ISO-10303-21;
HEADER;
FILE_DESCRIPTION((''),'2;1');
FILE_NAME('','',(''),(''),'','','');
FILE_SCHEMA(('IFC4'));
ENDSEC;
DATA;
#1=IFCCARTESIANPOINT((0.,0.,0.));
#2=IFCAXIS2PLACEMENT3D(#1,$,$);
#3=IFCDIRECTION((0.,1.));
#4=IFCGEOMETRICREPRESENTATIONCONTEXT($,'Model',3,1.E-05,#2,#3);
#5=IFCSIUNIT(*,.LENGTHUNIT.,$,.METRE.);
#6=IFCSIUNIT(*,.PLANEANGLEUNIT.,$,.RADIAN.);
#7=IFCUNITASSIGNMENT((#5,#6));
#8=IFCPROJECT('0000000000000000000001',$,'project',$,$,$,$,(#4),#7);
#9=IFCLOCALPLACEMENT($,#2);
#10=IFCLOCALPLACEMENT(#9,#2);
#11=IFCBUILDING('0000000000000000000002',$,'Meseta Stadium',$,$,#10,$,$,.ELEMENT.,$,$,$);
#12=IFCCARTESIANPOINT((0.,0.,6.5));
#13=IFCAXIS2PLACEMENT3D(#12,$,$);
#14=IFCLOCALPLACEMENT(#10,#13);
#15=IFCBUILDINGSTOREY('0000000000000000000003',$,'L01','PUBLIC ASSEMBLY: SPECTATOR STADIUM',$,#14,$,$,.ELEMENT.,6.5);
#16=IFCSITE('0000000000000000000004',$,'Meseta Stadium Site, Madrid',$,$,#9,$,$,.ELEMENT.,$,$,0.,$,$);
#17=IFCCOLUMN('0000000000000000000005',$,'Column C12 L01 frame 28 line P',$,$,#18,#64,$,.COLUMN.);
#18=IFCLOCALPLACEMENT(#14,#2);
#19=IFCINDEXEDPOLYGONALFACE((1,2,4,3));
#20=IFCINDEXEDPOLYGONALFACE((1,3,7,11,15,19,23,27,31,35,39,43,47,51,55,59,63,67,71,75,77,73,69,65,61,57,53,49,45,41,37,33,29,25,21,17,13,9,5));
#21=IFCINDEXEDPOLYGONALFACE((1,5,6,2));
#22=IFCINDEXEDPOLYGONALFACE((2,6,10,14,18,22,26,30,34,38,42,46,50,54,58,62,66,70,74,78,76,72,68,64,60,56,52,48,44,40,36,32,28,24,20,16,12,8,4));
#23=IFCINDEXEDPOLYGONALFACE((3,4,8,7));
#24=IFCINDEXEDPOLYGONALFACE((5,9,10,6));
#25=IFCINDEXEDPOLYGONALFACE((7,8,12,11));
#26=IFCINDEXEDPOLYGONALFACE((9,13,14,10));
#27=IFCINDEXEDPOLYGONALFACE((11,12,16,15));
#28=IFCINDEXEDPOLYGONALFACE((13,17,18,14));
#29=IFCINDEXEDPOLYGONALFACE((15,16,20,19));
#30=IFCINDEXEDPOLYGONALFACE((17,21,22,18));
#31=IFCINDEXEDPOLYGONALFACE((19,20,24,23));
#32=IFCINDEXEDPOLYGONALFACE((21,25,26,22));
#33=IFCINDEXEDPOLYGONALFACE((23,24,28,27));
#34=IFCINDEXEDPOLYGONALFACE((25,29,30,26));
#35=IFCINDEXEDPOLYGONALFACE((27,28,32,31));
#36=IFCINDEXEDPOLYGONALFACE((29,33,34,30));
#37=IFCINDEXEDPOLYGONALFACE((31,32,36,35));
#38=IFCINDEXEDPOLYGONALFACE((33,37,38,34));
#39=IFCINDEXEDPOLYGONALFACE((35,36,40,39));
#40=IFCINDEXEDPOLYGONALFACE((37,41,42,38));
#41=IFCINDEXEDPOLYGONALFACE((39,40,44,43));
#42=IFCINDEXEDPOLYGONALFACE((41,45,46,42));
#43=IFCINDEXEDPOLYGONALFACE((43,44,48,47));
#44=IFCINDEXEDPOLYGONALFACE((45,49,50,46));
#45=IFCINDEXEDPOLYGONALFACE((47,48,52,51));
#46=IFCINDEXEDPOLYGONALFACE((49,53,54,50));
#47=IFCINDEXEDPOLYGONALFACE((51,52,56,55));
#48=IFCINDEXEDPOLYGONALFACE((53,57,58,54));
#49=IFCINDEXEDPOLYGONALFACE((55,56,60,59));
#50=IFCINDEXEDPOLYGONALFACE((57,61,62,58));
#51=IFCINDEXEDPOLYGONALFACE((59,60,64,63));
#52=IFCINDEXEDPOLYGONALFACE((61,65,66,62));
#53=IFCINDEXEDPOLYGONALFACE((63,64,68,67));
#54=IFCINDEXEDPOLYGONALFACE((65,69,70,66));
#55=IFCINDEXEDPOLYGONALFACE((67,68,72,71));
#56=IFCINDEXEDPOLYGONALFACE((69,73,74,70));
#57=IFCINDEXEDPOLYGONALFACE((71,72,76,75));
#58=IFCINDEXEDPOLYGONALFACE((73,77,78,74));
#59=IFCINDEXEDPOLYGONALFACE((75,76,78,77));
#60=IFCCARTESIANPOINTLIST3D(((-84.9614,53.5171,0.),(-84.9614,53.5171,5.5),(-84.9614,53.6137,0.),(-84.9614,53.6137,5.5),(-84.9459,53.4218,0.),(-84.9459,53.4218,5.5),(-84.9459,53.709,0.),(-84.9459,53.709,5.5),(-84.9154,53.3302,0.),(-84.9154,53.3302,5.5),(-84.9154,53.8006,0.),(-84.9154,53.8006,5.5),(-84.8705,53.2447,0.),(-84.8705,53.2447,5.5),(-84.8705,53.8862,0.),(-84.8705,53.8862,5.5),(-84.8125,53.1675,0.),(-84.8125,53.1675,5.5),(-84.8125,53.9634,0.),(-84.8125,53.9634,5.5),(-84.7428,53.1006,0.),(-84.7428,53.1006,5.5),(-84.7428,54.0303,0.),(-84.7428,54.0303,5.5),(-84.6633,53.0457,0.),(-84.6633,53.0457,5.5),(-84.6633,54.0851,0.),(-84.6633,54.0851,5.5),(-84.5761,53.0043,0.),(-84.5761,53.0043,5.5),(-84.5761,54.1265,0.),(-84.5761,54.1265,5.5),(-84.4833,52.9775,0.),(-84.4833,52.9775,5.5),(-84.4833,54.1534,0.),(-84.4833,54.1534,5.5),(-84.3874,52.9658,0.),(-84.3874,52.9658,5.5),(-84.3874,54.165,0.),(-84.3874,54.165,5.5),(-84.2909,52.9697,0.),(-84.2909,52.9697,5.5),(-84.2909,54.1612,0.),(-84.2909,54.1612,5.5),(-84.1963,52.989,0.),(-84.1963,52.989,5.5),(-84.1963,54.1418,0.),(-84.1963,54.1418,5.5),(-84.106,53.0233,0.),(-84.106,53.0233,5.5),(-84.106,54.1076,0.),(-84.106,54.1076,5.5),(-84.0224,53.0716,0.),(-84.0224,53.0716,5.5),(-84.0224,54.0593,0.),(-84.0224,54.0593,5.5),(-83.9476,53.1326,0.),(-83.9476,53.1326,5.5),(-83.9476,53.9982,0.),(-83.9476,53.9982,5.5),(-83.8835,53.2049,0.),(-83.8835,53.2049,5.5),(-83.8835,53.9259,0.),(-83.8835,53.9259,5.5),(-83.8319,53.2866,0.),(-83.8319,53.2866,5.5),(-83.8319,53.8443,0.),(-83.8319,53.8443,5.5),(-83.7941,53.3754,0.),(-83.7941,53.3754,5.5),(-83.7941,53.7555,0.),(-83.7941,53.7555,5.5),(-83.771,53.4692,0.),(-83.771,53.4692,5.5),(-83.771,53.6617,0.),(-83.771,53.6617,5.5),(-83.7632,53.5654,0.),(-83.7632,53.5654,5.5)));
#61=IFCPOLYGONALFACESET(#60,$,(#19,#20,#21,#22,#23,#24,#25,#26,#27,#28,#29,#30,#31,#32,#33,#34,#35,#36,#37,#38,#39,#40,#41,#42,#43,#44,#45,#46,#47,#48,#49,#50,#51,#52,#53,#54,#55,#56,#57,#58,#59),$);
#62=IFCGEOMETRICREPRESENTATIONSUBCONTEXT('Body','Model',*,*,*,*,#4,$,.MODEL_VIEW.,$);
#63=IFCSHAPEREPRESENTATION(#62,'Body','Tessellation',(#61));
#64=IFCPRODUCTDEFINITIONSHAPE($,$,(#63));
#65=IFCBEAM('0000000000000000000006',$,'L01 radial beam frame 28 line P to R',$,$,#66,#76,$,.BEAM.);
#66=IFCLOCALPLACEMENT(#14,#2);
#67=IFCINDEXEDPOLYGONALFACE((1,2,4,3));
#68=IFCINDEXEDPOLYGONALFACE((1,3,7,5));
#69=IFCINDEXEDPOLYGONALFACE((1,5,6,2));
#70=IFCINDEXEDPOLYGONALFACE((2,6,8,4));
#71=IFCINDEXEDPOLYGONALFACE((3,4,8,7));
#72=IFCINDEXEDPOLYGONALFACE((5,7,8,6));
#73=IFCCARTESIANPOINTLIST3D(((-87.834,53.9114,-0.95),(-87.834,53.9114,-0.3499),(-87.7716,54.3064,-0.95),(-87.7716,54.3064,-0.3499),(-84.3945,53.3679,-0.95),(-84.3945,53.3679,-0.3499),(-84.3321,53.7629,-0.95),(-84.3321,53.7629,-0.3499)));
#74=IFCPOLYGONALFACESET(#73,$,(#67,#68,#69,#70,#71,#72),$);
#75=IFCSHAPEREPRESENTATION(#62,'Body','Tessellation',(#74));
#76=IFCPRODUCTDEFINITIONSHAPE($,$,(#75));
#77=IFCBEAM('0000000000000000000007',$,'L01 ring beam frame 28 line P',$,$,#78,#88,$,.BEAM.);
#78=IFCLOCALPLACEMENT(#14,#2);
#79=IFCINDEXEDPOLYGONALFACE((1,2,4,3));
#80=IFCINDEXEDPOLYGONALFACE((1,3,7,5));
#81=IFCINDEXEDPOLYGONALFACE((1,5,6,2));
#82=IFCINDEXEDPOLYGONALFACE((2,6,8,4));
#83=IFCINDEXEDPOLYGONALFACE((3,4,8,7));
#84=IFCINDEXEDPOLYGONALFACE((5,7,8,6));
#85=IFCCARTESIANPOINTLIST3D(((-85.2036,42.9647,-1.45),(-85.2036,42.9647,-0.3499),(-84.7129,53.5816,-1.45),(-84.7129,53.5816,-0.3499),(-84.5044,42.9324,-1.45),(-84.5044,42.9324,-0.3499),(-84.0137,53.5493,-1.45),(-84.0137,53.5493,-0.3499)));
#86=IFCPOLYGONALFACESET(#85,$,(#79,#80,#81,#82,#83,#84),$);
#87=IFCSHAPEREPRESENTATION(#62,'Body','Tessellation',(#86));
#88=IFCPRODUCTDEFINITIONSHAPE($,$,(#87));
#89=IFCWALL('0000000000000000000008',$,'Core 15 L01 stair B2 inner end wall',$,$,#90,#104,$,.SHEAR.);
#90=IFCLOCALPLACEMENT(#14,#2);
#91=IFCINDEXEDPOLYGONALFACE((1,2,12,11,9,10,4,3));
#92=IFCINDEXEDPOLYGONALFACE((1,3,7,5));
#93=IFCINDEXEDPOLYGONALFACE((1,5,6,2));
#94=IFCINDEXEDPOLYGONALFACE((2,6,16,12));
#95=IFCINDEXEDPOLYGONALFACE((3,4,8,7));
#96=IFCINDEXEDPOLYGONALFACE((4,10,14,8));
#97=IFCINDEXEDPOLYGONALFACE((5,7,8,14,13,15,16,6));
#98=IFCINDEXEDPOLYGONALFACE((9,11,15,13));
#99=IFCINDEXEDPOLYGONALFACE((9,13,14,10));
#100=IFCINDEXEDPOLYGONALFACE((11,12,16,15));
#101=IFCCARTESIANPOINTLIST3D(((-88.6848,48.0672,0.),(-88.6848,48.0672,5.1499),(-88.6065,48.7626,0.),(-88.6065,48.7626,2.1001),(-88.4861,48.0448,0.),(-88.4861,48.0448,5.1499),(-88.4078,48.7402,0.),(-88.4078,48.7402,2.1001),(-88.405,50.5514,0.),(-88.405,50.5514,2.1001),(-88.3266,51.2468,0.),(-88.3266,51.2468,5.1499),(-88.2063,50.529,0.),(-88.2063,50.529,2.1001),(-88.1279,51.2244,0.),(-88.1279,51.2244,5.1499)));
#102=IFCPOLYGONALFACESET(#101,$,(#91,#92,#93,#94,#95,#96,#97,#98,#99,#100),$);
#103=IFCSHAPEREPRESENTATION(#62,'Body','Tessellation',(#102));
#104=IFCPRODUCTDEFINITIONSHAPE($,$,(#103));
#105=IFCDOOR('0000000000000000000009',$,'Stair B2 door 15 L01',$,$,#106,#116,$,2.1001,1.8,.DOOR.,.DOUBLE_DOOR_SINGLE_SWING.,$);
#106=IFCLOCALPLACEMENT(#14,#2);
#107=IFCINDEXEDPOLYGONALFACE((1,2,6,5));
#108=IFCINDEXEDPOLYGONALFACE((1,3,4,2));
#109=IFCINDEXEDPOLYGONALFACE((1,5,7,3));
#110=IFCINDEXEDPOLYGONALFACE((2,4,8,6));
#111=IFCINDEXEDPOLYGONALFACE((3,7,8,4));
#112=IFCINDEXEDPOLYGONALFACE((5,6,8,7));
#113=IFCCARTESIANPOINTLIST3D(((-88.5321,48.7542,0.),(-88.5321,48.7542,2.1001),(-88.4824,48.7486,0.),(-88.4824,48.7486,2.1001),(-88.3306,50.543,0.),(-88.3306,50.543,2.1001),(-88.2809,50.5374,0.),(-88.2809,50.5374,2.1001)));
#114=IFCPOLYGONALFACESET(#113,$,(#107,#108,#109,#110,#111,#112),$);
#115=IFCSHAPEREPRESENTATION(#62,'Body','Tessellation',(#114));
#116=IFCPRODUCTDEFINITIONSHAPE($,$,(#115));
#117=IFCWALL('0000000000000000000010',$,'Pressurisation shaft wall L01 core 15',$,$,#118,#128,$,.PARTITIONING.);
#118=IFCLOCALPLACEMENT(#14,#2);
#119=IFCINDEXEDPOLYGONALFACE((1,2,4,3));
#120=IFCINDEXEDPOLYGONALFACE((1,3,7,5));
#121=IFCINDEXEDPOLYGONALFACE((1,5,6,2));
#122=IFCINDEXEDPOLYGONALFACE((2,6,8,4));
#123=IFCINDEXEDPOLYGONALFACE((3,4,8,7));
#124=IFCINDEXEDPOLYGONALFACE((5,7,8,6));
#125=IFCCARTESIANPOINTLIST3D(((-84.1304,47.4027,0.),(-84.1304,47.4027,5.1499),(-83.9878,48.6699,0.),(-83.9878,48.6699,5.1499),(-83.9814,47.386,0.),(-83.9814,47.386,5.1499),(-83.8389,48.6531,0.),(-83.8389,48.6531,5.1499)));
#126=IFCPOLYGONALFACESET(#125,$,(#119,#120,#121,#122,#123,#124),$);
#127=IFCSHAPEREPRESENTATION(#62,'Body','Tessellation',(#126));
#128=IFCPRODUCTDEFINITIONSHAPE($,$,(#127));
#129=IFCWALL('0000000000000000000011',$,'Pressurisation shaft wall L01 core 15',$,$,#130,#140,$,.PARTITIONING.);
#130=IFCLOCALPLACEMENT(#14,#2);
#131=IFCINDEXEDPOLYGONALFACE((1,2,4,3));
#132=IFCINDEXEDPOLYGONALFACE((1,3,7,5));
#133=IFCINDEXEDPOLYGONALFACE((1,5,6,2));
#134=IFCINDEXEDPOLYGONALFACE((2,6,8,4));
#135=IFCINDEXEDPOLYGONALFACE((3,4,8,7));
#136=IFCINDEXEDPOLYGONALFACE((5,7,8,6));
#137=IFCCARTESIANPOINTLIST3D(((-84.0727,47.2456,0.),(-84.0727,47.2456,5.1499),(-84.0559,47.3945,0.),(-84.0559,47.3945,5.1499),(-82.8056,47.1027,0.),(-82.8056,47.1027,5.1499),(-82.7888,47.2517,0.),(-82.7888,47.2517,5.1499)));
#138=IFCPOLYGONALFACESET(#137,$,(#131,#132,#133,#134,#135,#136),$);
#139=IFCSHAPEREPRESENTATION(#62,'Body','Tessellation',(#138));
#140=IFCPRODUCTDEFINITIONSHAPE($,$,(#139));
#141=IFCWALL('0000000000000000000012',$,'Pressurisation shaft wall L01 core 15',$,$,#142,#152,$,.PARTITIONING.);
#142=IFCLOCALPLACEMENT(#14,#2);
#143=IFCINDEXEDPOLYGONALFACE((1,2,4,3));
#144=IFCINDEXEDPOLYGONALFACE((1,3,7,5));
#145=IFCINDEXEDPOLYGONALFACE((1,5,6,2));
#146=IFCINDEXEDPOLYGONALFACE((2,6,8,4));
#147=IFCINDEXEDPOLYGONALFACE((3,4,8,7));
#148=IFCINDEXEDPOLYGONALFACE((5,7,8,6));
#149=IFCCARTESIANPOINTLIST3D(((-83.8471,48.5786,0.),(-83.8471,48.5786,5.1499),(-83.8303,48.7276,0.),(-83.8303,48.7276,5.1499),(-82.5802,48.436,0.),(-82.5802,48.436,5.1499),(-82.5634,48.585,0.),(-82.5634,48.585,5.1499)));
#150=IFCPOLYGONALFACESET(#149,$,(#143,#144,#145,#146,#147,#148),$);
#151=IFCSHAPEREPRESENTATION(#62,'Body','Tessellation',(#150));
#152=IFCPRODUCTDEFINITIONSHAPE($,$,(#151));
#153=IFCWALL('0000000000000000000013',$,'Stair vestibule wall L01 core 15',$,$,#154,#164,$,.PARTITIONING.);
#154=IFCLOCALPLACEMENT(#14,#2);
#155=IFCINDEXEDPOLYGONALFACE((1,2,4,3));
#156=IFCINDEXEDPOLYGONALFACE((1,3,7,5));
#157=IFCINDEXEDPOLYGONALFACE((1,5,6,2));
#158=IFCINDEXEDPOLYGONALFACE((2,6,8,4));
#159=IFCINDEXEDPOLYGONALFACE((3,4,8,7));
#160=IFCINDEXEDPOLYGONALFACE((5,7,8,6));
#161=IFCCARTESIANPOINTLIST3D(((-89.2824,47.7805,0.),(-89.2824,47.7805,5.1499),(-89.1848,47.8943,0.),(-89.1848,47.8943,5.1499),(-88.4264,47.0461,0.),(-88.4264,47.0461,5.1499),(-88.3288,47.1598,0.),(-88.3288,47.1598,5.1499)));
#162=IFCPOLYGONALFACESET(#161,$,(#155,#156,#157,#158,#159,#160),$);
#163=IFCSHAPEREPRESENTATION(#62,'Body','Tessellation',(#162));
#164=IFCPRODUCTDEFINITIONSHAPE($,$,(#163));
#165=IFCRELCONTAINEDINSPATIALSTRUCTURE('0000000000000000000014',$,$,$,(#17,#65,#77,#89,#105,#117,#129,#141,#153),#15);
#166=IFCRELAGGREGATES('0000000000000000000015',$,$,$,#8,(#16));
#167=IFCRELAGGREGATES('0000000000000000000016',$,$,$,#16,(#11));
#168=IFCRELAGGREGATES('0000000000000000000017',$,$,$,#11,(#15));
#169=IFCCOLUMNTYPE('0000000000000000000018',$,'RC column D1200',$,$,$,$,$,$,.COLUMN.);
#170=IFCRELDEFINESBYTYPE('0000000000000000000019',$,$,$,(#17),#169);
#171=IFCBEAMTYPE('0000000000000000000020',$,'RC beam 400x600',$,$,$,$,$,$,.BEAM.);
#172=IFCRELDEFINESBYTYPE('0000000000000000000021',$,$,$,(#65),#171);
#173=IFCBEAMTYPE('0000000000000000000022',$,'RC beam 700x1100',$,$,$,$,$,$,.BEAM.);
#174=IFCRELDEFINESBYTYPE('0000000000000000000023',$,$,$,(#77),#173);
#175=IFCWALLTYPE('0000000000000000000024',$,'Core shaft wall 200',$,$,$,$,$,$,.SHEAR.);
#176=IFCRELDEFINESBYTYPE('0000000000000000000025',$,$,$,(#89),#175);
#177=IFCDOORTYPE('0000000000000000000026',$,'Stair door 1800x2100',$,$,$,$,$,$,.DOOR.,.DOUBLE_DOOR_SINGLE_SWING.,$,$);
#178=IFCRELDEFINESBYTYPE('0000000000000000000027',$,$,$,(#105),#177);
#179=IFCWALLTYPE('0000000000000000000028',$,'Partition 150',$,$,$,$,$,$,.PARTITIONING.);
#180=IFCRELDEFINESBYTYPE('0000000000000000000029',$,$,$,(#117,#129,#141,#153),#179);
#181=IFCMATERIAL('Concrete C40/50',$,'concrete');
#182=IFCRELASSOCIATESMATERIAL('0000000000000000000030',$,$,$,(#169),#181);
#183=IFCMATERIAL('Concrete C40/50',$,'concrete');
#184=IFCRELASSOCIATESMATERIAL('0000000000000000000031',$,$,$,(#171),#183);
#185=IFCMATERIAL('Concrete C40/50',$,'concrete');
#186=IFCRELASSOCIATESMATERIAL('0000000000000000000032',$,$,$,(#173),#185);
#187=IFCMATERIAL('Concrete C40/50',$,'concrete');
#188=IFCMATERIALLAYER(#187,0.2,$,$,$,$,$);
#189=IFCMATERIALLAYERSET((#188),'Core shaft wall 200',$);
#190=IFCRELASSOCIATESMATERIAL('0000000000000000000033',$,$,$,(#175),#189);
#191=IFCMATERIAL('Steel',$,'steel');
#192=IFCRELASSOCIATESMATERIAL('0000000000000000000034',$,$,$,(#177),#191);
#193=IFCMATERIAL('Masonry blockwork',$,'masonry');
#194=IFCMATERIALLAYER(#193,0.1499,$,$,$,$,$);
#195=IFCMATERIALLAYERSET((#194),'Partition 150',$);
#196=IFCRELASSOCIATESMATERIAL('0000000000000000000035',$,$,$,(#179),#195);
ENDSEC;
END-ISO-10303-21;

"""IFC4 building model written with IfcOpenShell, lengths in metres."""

from ifc_helpers import new_model, si_unit, direction, frame, frame_2d, origin, origin_2d, place, context, subcontext, project, spatial, rectangle, circle, extrude, material, layer, layer_set, material_profile, profile_set, type_object, element, fill, save


model = new_model("IFC4")

# Units and contexts
model_context = context("Model", 3, precision=1e-05, world=origin(), true_north=direction((0.0, 1.0)))
body_context = subcontext(model_context, "Body", "Model", "MODEL_VIEW")
ifc_project = project(units=[si_unit("LENGTHUNIT", "METRE"), si_unit("PLANEANGLEUNIT", "RADIAN")], contexts=[model_context])

# Site, building, storey
site_placement = place(None, origin())
site = spatial("IfcSite", under=ifc_project, at=site_placement, Name="Meseta Stadium Site, Madrid", CompositionType="ELEMENT", RefElevation=0.0)
building_placement = place(site_placement, origin())
building = spatial("IfcBuilding", under=site, at=building_placement, Name="Meseta Stadium", CompositionType="ELEMENT")
storey_placement = place(building_placement, frame((0.0, 0.0, 6.5)))
storey = spatial("IfcBuildingStorey", under=building, at=storey_placement, Name="L01", Description="PUBLIC ASSEMBLY: SPECTATOR STADIUM", CompositionType="ELEMENT", Elevation=6.5)

# Column
ifc_material_1 = material(Name="Concrete C40/50", Category="concrete")
ifc_material_profile_1 = material_profile(ifc_material_1, circle(Radius=0.6001, at=origin_2d()), Name="RC D1200")
ifc_profile_set_1 = profile_set([ifc_material_profile_1], Name="Concrete C40/50")
column_type = type_object("IfcColumnType", Name="RC column D1200", PredefinedType="COLUMN", material=ifc_profile_set_1)
column_placement = place(storey_placement, frame((-84.3633, 53.5654, 0.0), z_axis=(0.0, 0.0, 1.0), x_axis=(1.0, 0.0, 0.0)))
element("IfcColumn", 1, at=column_placement, inside=storey, type_object=column_type, Name="Column C12 L01 frame 28 line P", PredefinedType="COLUMN", context=body_context, shape_type="SweptSolid", body=[
    extrude(circle(Radius=0.6001, at=origin_2d()), origin(), (0.0, 0.0, 1.0), 5.5),
])

# Beams
ifc_material_2 = material(Name="Concrete C40/50", Category="concrete")
ifc_material_profile_2 = material_profile(ifc_material_2, rectangle(XDim=0.3999, YDim=0.6001, at=origin_2d()), Name="RC 400x600")
ifc_profile_set_2 = profile_set([ifc_material_profile_2], Name="Concrete C40/50")
beam_type_1 = type_object("IfcBeamType", Name="RC beam 400x600", PredefinedType="BEAM", material=ifc_profile_set_2)
beam_1_placement = place(storey_placement, frame((-84.3633, 53.5654, -0.6499), z_axis=(-0.987746, 0.156071, 0.0), x_axis=(-0.156071, -0.987746, 0.0)))
element("IfcBeam", 2, at=beam_1_placement, inside=storey, type_object=beam_type_1, Name="L01 radial beam frame 28 line P to R", PredefinedType="BEAM", context=body_context, shape_type="SweptSolid", body=[
    extrude(rectangle(XDim=0.3999, YDim=0.6001, at=origin_2d()), origin(), (0.0, 0.0, 1.0), 3.4822),
])
ifc_material_3 = material(Name="Concrete C40/50", Category="concrete")
ifc_material_profile_3 = material_profile(ifc_material_3, rectangle(XDim=0.7, YDim=1.1001, at=origin_2d()), Name="RC 700x1100")
ifc_profile_set_3 = profile_set([ifc_material_profile_3], Name="Concrete C40/50")
beam_type_2 = type_object("IfcBeamType", Name="RC beam 700x1100", PredefinedType="BEAM", material=ifc_profile_set_3)
beam_2_placement = place(storey_placement, frame((-84.3633, 53.5654, -0.8999), z_axis=(-0.046171, -0.998934, 0.0), x_axis=(0.998934, -0.046171, 0.0)))
element("IfcBeam", 3, at=beam_2_placement, inside=storey, type_object=beam_type_2, Name="L01 ring beam frame 28 line P", PredefinedType="BEAM", context=body_context, shape_type="SweptSolid", body=[
    extrude(rectangle(XDim=0.7, YDim=1.1001, at=origin_2d()), origin(), (0.0, 0.0, 1.0), 10.6282),
])

# Wall, opening, door
ifc_material_4 = material(Name="Concrete C40/50", Category="concrete")
ifc_layer_1 = layer(ifc_material_4, 0.2)
ifc_layer_set_1 = layer_set([ifc_layer_1], Name="Core shaft wall 200")
wall_type_1 = type_object("IfcWallType", Name="Core shaft wall 200", PredefinedType="SHEAR", material=ifc_layer_set_1)
wall_1_placement = place(storey_placement, frame((-88.2273, 51.2356, 0.0), z_axis=(0.0, 0.0, 1.0), x_axis=(-0.11193, -0.993716, 0.0)))
wall_1 = element("IfcWall", 4, at=wall_1_placement, inside=storey, type_object=wall_type_1, Name="Core 15 L01 stair B2 inner end wall", PredefinedType="SHEAR", context=body_context, shape_type="SweptSolid", body=[
    extrude(rectangle(XDim=3.1997, YDim=0.2, at=frame_2d((1.5999, 0.0))), origin(), (0.0, 0.0, 1.0), 5.1499),
])
opening_1_placement = place(wall_1_placement, frame((0.7, 0.0, 0.0)))
opening_1 = element("IfcOpeningElement", 5, at=opening_1_placement, cuts=wall_1, PredefinedType="OPENING", context=body_context, shape_type="SweptSolid", body=[
    extrude(rectangle(XDim=1.8, YDim=2.1001, at=frame_2d((0.8999, 1.05))), frame((0.0, 0.1099, 0.0), z_axis=(0.0, -1.0, 0.0), x_axis=(1.0, 0.0, 0.0)), (0.0, 0.0, 1.0), 0.22),
])
ifc_material_5 = material(Name="Steel", Category="steel")
door_type_1 = type_object("IfcDoorType", Name="Stair door 1800x2100", OperationType="DOUBLE_DOOR_SINGLE_SWING", PredefinedType="DOOR", material=ifc_material_5)
door_1_placement = place(opening_1_placement, origin())
door_1 = element("IfcDoor", 6, at=door_1_placement, inside=storey, type_object=door_type_1, Name="Stair B2 door 15 L01", OperationType="DOUBLE_DOOR_SINGLE_SWING", OverallHeight=2.1001, OverallWidth=1.8, PredefinedType="DOOR", context=body_context, shape_type="SweptSolid", body=[
    extrude(rectangle(XDim=1.8, YDim=2.1001, at=frame_2d((0.8999, 1.05))), frame((0.0, 0.0249, 0.0), z_axis=(0.0, -1.0, 0.0), x_axis=(1.0, 0.0, 0.0)), (0.0, 0.0, 1.0), 0.05),
])
fill(opening_1, door_1)

# Walls
ifc_material_6 = material(Name="Masonry blockwork", Category="masonry")
ifc_layer_2 = layer(ifc_material_6, 0.1499)
ifc_layer_set_2 = layer_set([ifc_layer_2], Name="Partition 150")
wall_type_2 = type_object("IfcWallType", Name="Partition 150", PredefinedType="PARTITIONING", material=ifc_layer_set_2)
for number, where, z_axis, x_axis, name in (
    (7, (-83.9133, 48.6616, 0.0), (0.0, 0.0, 1.0), (-0.111818, -0.993729, 0.0), "Pressurisation shaft wall L01 core 15"),
    (8, (-84.0645, 47.3201, 0.0), (0.0, 0.0, 1.0), (0.993707, -0.112007, 0.0), "Pressurisation shaft wall L01 core 15"),
):
    element("IfcWall", number, at=place(storey_placement, frame(where, z_axis=z_axis, x_axis=x_axis)), inside=storey, type_object=wall_type_2, Name=name, PredefinedType="PARTITIONING", context=body_context, shape_type="SweptSolid", body=[
        extrude(rectangle(XDim=1.2751, YDim=0.1499, at=frame_2d((0.6377, 0.0))), origin(), (0.0, 0.0, 1.0), 5.1499),
    ])
wall_2_placement = place(storey_placement, frame((-82.5718, 48.5105, 0.0), z_axis=(0.0, 0.0, 1.0), x_axis=(-0.993726, 0.11184, 0.0)))
element("IfcWall", 9, at=wall_2_placement, inside=storey, type_object=wall_type_2, Name="Pressurisation shaft wall L01 core 15", PredefinedType="PARTITIONING", context=body_context, shape_type="SweptSolid", body=[
    extrude(rectangle(XDim=1.2749, YDim=0.1499, at=frame_2d((0.6375, 0.0))), origin(), (0.0, 0.0, 1.0), 5.1499),
])
wall_3_placement = place(storey_placement, frame((-89.2336, 47.8374, 0.0), z_axis=(0.0, 0.0, 1.0), x_axis=(0.758951, -0.651148, 0.0)))
element("IfcWall", 10, at=wall_3_placement, inside=storey, type_object=wall_type_2, Name="Stair vestibule wall L01 core 15", PredefinedType="PARTITIONING", context=body_context, shape_type="SweptSolid", body=[
    extrude(rectangle(XDim=1.1279, YDim=0.1499, at=frame_2d((0.564, 0.0))), origin(), (0.0, 0.0, 1.0), 5.1499),
])

save(model, "model.ifc")
